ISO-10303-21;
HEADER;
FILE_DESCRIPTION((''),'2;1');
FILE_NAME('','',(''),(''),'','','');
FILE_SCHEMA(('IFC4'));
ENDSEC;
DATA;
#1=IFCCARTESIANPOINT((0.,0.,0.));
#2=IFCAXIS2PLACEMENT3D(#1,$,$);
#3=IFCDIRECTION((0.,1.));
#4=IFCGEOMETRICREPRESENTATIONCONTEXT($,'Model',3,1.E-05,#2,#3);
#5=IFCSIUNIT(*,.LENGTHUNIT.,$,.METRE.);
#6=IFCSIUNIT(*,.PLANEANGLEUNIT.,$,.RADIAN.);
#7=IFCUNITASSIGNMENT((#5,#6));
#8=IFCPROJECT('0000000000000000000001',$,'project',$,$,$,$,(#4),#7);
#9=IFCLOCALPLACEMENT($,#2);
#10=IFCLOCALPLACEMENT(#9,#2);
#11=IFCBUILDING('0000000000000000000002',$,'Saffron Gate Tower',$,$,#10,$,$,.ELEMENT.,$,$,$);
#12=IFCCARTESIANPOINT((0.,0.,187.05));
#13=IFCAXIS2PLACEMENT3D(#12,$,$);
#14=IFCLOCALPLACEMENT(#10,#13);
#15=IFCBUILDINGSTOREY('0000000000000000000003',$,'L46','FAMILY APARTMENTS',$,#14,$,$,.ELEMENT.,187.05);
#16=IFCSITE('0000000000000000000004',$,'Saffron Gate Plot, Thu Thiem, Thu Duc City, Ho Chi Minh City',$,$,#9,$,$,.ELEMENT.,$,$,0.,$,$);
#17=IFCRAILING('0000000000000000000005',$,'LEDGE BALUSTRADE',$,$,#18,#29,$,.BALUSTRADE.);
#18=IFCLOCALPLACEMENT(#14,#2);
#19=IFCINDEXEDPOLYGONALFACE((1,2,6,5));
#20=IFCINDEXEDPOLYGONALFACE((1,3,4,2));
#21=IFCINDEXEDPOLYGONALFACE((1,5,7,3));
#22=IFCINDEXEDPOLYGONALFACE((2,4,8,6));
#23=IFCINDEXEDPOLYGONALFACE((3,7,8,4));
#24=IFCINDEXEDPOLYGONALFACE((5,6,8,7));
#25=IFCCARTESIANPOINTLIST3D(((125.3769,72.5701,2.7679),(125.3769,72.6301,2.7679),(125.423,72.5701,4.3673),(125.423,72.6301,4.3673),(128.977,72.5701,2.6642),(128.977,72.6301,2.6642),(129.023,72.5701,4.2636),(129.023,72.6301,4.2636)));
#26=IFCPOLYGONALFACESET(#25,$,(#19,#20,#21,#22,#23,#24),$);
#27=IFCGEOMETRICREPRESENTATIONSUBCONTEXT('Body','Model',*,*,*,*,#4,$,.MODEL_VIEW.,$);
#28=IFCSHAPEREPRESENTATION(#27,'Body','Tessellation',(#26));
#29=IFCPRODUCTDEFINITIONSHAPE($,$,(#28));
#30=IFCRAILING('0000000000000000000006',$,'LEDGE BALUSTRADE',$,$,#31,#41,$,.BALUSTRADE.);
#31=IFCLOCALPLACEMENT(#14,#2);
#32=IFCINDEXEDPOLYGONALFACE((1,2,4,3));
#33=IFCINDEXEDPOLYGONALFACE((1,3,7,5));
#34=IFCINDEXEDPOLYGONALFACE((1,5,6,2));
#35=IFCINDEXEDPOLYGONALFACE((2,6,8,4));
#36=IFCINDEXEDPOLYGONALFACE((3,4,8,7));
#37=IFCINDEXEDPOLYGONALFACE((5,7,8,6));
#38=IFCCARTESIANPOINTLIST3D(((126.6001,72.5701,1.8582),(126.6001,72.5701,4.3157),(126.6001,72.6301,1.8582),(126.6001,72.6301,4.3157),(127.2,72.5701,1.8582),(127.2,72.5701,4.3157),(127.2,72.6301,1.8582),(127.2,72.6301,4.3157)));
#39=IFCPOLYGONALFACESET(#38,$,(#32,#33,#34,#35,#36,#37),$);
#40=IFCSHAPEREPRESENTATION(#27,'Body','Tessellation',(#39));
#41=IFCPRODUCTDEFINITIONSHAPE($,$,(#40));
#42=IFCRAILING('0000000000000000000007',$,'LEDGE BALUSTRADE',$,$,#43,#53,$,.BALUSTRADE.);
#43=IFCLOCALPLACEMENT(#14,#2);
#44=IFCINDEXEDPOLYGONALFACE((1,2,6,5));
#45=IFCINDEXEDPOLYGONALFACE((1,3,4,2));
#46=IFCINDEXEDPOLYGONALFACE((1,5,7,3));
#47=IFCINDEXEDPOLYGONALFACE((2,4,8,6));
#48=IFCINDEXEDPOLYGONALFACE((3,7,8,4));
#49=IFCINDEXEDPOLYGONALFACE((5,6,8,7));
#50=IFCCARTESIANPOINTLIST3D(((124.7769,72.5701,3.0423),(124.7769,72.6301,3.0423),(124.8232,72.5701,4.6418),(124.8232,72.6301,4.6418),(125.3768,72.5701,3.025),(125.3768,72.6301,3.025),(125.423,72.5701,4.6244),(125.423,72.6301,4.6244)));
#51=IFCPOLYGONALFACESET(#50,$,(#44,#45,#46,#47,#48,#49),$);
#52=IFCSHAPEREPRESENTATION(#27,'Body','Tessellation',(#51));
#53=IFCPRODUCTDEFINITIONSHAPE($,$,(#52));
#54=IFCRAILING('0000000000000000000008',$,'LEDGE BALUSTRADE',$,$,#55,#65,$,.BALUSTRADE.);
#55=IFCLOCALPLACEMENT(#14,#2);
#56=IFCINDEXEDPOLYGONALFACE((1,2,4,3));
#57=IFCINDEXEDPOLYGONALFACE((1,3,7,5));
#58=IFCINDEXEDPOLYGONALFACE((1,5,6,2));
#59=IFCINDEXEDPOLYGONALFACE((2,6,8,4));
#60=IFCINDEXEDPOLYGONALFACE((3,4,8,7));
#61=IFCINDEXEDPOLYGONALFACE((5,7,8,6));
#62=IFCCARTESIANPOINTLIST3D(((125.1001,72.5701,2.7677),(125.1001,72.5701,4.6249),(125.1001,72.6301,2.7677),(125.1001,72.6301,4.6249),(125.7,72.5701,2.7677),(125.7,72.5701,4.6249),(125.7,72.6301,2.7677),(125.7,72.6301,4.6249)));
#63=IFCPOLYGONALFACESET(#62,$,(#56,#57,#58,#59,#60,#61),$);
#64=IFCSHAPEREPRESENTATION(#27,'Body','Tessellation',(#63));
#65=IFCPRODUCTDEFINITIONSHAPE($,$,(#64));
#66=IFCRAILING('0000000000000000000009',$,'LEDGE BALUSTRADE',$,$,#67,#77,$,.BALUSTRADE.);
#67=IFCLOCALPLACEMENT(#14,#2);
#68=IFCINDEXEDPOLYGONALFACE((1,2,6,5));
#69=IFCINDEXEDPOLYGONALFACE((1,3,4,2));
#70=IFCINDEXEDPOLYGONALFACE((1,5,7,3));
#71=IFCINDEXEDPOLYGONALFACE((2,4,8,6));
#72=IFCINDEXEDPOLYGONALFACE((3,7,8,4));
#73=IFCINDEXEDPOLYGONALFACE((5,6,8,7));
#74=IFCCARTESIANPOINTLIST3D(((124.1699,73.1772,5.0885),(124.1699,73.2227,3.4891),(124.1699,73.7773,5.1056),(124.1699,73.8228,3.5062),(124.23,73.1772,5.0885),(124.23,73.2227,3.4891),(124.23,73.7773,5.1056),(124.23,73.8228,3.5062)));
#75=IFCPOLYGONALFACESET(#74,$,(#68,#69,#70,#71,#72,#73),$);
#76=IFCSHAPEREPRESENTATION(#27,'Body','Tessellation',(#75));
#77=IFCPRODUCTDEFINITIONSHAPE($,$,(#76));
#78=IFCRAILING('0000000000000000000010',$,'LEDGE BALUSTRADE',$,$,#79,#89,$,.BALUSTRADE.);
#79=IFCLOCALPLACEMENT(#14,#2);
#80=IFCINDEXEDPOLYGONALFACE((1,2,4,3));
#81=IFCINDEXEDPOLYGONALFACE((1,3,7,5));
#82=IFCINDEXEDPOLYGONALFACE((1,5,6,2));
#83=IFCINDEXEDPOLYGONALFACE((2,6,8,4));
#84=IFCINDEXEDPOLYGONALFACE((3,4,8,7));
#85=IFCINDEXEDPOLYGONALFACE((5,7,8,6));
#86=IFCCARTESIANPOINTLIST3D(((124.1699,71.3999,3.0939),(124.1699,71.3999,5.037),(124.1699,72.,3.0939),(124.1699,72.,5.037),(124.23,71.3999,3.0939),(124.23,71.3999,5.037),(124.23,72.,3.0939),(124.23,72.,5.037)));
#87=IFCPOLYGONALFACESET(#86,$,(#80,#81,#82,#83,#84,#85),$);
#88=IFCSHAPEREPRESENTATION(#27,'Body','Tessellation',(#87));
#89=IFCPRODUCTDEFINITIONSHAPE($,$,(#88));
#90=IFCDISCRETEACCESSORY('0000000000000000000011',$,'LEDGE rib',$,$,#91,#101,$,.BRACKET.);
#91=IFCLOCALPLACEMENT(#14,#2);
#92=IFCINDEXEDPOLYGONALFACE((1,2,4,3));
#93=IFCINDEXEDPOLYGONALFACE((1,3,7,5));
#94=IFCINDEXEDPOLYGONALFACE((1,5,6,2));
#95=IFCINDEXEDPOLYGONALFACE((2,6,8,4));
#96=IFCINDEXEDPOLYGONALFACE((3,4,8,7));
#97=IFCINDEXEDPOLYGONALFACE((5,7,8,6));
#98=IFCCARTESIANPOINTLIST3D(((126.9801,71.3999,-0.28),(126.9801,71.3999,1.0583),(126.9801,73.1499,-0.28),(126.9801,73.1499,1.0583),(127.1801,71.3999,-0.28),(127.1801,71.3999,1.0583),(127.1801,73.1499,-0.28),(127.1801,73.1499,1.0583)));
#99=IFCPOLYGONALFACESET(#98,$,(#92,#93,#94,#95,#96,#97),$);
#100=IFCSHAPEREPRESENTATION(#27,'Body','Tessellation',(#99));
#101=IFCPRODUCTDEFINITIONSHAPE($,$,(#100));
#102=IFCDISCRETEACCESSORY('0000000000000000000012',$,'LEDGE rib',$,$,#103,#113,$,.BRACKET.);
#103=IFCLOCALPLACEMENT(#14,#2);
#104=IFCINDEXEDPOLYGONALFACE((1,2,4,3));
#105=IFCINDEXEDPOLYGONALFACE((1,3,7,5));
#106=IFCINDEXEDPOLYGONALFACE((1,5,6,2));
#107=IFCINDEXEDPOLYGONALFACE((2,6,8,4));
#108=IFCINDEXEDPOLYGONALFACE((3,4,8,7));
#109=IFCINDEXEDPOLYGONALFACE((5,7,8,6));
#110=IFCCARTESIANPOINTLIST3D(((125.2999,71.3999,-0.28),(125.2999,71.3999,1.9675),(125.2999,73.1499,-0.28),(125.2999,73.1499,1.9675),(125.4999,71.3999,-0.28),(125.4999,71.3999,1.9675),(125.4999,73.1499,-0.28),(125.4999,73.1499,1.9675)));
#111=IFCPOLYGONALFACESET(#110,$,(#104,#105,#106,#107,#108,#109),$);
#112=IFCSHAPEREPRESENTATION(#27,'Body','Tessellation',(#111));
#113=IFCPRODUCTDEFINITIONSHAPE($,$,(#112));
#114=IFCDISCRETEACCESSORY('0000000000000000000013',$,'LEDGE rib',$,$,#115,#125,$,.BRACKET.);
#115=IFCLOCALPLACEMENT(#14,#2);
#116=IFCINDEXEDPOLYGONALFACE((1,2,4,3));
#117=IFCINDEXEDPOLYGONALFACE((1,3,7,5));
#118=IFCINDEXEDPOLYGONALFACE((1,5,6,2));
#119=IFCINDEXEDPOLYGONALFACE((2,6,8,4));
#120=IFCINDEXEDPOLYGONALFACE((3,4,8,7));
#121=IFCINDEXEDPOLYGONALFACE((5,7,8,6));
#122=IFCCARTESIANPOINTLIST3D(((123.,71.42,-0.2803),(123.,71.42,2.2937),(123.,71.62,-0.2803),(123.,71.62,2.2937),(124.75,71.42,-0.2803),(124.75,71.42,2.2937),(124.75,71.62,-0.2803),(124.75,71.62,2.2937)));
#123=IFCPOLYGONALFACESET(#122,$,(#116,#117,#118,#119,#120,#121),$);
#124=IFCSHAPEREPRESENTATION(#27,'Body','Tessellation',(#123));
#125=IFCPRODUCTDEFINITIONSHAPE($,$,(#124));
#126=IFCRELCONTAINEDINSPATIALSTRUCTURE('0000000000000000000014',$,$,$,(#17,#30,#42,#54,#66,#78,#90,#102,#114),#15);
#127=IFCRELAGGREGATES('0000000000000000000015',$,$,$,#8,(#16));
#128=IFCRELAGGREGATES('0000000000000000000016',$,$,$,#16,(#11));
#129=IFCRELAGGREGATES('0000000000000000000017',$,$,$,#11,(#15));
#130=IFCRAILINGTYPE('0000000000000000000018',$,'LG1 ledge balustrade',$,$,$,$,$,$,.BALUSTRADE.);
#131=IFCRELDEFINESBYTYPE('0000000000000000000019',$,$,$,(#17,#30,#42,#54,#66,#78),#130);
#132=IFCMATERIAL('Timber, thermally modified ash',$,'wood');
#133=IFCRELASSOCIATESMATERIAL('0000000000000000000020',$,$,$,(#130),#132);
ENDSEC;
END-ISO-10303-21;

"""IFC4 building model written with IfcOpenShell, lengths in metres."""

from ifc_helpers import new_model, si_unit, direction, frame, origin, origin_2d, place, context, subcontext, project, spatial, rectangle, extrude, material, type_object, element, save


model = new_model("IFC4")

# Units and contexts
model_context = context("Model", 3, precision=1e-05, world=origin(), true_north=direction((0.0, 1.0)))
body_context = subcontext(model_context, "Body", "Model", "MODEL_VIEW")
ifc_project = project(units=[si_unit("LENGTHUNIT", "METRE"), si_unit("PLANEANGLEUNIT", "RADIAN")], contexts=[model_context])

# Site, building, storey
site_placement = place(None, origin())
site = spatial("IfcSite", under=ifc_project, at=site_placement, Name="Saffron Gate Plot, Thu Thiem, Thu Duc City, Ho Chi Minh City", CompositionType="ELEMENT", RefElevation=0.0)
building_placement = place(site_placement, origin())
building = spatial("IfcBuilding", under=site, at=building_placement, Name="Saffron Gate Tower", CompositionType="ELEMENT")
storey_placement = place(building_placement, frame((0.0, 0.0, 187.05)))
storey = spatial("IfcBuildingStorey", under=building, at=storey_placement, Name="L46", Description="FAMILY APARTMENTS", CompositionType="ELEMENT", Elevation=187.05)

# Shared definitions
ifc_material_1 = material(Name="Timber, thermally modified ash", Category="wood")

# Railings
railing_type = type_object("IfcRailingType", Name="LG1 ledge balustrade", PredefinedType="BALUSTRADE", material=ifc_material_1)
railing_1_placement = place(storey_placement, frame((129.0, 72.6001, 2.6638)))
element("IfcRailing", 1, at=railing_1_placement, inside=storey, type_object=railing_type, Name="LEDGE BALUSTRADE", PredefinedType="BALUSTRADE", context=body_context, shape_type="SweptSolid", body=[
    extrude(rectangle(XDim=0.0601, YDim=1.6001, at=origin_2d()), frame((0.0, 0.0, 0.8), z_axis=(-0.999585, 0.0, 0.028809), x_axis=(0.0, -1.0, 0.0)), (0.0, 0.0, 1.0), 3.6016),
])
railing_2_placement = place(storey_placement, frame((127.2, 72.6001, 1.8582)))
element("IfcRailing", 2, at=railing_2_placement, inside=storey, type_object=railing_type, Name="LEDGE BALUSTRADE", PredefinedType="BALUSTRADE", context=body_context, shape_type="SweptSolid", body=[
    extrude(rectangle(XDim=0.0601, YDim=2.4575, at=origin_2d()), frame((0.0, 0.0, 1.2288), z_axis=(-1.0, 0.0, 0.0), x_axis=(0.0, -1.0, 0.0)), (0.0, 0.0, 1.0), 0.5999),
])
railing_3_placement = place(storey_placement, frame((125.3999, 72.6001, 3.0247)))
element("IfcRailing", 3, at=railing_3_placement, inside=storey, type_object=railing_type, Name="LEDGE BALUSTRADE", PredefinedType="BALUSTRADE", context=body_context, shape_type="SweptSolid", body=[
    extrude(rectangle(XDim=0.0601, YDim=1.6001, at=origin_2d()), frame((0.0, 0.0, 0.8), z_axis=(-0.999583, 0.0, 0.028885), x_axis=(0.0, -1.0, 0.0)), (0.0, 0.0, 1.0), 0.6001),
])
railing_4_placement = place(storey_placement, frame((125.7, 72.6001, 2.7676)))
element("IfcRailing", 4, at=railing_4_placement, inside=storey, type_object=railing_type, Name="LEDGE BALUSTRADE", PredefinedType="BALUSTRADE", context=body_context, shape_type="SweptSolid", body=[
    extrude(rectangle(XDim=0.0601, YDim=1.8572, at=origin_2d()), frame((0.0, 0.0, 0.9287), z_axis=(-1.0, 0.0, 0.0), x_axis=(0.0, -1.0, 0.0)), (0.0, 0.0, 1.0), 0.5999),
])
railing_5_placement = place(storey_placement, frame((124.2, 73.2, 3.4888)))
element("IfcRailing", 5, at=railing_5_placement, inside=storey, type_object=railing_type, Name="LEDGE BALUSTRADE", PredefinedType="BALUSTRADE", context=body_context, shape_type="SweptSolid", body=[
    extrude(rectangle(XDim=0.0601, YDim=1.6001, at=origin_2d()), frame((0.0, 0.0, 0.8), z_axis=(0.0, 0.999595, 0.028467), x_axis=(-1.0, 0.0, 0.0)), (0.0, 0.0, 1.0), 0.6003),
])
railing_6_placement = place(storey_placement, frame((124.2, 71.3999, 3.0938)))
element("IfcRailing", 6, at=railing_6_placement, inside=storey, type_object=railing_type, Name="LEDGE BALUSTRADE", PredefinedType="BALUSTRADE", context=body_context, shape_type="SweptSolid", body=[
    extrude(rectangle(XDim=0.0601, YDim=1.9431, at=origin_2d()), frame((0.0, 0.0, 0.9717), z_axis=(0.0, 1.0, 0.0), x_axis=(-1.0, 0.0, 0.0)), (0.0, 0.0, 1.0), 0.6001),
])

# Discrete accessories
discrete_accessory_1_placement = place(storey_placement, frame((127.0801, 72.2749, -0.28), z_axis=(0.0, 0.0, 1.0), x_axis=(-1.0, 0.0, 0.0)))
element("IfcDiscreteAccessory", 7, at=discrete_accessory_1_placement, inside=storey, Name="LEDGE rib", PredefinedType="BRACKET", context=body_context, shape_type="SweptSolid", body=[
    extrude(rectangle(XDim=0.2, YDim=1.75, at=origin_2d()), origin(), (0.0, 0.0, 1.0), 1.3384),
])
discrete_accessory_2_placement = place(storey_placement, frame((125.3999, 72.2749, -0.28), z_axis=(0.0, 0.0, 1.0), x_axis=(-1.0, 0.0, 0.0)))
element("IfcDiscreteAccessory", 8, at=discrete_accessory_2_placement, inside=storey, Name="LEDGE rib", PredefinedType="BRACKET", context=body_context, shape_type="SweptSolid", body=[
    extrude(rectangle(XDim=0.2, YDim=1.75, at=origin_2d()), origin(), (0.0, 0.0, 1.0), 2.2476),
])
discrete_accessory_3_placement = place(storey_placement, frame((123.875, 71.52, -0.2803), z_axis=(0.0, 0.0, 1.0), x_axis=(0.0, 1.0, 0.0)))
element("IfcDiscreteAccessory", 9, at=discrete_accessory_3_placement, inside=storey, Name="LEDGE rib", PredefinedType="BRACKET", context=body_context, shape_type="SweptSolid", body=[
    extrude(rectangle(XDim=0.2, YDim=1.75, at=origin_2d()), origin(), (0.0, 0.0, 1.0), 2.574),
])

save(model, "model.ifc")
